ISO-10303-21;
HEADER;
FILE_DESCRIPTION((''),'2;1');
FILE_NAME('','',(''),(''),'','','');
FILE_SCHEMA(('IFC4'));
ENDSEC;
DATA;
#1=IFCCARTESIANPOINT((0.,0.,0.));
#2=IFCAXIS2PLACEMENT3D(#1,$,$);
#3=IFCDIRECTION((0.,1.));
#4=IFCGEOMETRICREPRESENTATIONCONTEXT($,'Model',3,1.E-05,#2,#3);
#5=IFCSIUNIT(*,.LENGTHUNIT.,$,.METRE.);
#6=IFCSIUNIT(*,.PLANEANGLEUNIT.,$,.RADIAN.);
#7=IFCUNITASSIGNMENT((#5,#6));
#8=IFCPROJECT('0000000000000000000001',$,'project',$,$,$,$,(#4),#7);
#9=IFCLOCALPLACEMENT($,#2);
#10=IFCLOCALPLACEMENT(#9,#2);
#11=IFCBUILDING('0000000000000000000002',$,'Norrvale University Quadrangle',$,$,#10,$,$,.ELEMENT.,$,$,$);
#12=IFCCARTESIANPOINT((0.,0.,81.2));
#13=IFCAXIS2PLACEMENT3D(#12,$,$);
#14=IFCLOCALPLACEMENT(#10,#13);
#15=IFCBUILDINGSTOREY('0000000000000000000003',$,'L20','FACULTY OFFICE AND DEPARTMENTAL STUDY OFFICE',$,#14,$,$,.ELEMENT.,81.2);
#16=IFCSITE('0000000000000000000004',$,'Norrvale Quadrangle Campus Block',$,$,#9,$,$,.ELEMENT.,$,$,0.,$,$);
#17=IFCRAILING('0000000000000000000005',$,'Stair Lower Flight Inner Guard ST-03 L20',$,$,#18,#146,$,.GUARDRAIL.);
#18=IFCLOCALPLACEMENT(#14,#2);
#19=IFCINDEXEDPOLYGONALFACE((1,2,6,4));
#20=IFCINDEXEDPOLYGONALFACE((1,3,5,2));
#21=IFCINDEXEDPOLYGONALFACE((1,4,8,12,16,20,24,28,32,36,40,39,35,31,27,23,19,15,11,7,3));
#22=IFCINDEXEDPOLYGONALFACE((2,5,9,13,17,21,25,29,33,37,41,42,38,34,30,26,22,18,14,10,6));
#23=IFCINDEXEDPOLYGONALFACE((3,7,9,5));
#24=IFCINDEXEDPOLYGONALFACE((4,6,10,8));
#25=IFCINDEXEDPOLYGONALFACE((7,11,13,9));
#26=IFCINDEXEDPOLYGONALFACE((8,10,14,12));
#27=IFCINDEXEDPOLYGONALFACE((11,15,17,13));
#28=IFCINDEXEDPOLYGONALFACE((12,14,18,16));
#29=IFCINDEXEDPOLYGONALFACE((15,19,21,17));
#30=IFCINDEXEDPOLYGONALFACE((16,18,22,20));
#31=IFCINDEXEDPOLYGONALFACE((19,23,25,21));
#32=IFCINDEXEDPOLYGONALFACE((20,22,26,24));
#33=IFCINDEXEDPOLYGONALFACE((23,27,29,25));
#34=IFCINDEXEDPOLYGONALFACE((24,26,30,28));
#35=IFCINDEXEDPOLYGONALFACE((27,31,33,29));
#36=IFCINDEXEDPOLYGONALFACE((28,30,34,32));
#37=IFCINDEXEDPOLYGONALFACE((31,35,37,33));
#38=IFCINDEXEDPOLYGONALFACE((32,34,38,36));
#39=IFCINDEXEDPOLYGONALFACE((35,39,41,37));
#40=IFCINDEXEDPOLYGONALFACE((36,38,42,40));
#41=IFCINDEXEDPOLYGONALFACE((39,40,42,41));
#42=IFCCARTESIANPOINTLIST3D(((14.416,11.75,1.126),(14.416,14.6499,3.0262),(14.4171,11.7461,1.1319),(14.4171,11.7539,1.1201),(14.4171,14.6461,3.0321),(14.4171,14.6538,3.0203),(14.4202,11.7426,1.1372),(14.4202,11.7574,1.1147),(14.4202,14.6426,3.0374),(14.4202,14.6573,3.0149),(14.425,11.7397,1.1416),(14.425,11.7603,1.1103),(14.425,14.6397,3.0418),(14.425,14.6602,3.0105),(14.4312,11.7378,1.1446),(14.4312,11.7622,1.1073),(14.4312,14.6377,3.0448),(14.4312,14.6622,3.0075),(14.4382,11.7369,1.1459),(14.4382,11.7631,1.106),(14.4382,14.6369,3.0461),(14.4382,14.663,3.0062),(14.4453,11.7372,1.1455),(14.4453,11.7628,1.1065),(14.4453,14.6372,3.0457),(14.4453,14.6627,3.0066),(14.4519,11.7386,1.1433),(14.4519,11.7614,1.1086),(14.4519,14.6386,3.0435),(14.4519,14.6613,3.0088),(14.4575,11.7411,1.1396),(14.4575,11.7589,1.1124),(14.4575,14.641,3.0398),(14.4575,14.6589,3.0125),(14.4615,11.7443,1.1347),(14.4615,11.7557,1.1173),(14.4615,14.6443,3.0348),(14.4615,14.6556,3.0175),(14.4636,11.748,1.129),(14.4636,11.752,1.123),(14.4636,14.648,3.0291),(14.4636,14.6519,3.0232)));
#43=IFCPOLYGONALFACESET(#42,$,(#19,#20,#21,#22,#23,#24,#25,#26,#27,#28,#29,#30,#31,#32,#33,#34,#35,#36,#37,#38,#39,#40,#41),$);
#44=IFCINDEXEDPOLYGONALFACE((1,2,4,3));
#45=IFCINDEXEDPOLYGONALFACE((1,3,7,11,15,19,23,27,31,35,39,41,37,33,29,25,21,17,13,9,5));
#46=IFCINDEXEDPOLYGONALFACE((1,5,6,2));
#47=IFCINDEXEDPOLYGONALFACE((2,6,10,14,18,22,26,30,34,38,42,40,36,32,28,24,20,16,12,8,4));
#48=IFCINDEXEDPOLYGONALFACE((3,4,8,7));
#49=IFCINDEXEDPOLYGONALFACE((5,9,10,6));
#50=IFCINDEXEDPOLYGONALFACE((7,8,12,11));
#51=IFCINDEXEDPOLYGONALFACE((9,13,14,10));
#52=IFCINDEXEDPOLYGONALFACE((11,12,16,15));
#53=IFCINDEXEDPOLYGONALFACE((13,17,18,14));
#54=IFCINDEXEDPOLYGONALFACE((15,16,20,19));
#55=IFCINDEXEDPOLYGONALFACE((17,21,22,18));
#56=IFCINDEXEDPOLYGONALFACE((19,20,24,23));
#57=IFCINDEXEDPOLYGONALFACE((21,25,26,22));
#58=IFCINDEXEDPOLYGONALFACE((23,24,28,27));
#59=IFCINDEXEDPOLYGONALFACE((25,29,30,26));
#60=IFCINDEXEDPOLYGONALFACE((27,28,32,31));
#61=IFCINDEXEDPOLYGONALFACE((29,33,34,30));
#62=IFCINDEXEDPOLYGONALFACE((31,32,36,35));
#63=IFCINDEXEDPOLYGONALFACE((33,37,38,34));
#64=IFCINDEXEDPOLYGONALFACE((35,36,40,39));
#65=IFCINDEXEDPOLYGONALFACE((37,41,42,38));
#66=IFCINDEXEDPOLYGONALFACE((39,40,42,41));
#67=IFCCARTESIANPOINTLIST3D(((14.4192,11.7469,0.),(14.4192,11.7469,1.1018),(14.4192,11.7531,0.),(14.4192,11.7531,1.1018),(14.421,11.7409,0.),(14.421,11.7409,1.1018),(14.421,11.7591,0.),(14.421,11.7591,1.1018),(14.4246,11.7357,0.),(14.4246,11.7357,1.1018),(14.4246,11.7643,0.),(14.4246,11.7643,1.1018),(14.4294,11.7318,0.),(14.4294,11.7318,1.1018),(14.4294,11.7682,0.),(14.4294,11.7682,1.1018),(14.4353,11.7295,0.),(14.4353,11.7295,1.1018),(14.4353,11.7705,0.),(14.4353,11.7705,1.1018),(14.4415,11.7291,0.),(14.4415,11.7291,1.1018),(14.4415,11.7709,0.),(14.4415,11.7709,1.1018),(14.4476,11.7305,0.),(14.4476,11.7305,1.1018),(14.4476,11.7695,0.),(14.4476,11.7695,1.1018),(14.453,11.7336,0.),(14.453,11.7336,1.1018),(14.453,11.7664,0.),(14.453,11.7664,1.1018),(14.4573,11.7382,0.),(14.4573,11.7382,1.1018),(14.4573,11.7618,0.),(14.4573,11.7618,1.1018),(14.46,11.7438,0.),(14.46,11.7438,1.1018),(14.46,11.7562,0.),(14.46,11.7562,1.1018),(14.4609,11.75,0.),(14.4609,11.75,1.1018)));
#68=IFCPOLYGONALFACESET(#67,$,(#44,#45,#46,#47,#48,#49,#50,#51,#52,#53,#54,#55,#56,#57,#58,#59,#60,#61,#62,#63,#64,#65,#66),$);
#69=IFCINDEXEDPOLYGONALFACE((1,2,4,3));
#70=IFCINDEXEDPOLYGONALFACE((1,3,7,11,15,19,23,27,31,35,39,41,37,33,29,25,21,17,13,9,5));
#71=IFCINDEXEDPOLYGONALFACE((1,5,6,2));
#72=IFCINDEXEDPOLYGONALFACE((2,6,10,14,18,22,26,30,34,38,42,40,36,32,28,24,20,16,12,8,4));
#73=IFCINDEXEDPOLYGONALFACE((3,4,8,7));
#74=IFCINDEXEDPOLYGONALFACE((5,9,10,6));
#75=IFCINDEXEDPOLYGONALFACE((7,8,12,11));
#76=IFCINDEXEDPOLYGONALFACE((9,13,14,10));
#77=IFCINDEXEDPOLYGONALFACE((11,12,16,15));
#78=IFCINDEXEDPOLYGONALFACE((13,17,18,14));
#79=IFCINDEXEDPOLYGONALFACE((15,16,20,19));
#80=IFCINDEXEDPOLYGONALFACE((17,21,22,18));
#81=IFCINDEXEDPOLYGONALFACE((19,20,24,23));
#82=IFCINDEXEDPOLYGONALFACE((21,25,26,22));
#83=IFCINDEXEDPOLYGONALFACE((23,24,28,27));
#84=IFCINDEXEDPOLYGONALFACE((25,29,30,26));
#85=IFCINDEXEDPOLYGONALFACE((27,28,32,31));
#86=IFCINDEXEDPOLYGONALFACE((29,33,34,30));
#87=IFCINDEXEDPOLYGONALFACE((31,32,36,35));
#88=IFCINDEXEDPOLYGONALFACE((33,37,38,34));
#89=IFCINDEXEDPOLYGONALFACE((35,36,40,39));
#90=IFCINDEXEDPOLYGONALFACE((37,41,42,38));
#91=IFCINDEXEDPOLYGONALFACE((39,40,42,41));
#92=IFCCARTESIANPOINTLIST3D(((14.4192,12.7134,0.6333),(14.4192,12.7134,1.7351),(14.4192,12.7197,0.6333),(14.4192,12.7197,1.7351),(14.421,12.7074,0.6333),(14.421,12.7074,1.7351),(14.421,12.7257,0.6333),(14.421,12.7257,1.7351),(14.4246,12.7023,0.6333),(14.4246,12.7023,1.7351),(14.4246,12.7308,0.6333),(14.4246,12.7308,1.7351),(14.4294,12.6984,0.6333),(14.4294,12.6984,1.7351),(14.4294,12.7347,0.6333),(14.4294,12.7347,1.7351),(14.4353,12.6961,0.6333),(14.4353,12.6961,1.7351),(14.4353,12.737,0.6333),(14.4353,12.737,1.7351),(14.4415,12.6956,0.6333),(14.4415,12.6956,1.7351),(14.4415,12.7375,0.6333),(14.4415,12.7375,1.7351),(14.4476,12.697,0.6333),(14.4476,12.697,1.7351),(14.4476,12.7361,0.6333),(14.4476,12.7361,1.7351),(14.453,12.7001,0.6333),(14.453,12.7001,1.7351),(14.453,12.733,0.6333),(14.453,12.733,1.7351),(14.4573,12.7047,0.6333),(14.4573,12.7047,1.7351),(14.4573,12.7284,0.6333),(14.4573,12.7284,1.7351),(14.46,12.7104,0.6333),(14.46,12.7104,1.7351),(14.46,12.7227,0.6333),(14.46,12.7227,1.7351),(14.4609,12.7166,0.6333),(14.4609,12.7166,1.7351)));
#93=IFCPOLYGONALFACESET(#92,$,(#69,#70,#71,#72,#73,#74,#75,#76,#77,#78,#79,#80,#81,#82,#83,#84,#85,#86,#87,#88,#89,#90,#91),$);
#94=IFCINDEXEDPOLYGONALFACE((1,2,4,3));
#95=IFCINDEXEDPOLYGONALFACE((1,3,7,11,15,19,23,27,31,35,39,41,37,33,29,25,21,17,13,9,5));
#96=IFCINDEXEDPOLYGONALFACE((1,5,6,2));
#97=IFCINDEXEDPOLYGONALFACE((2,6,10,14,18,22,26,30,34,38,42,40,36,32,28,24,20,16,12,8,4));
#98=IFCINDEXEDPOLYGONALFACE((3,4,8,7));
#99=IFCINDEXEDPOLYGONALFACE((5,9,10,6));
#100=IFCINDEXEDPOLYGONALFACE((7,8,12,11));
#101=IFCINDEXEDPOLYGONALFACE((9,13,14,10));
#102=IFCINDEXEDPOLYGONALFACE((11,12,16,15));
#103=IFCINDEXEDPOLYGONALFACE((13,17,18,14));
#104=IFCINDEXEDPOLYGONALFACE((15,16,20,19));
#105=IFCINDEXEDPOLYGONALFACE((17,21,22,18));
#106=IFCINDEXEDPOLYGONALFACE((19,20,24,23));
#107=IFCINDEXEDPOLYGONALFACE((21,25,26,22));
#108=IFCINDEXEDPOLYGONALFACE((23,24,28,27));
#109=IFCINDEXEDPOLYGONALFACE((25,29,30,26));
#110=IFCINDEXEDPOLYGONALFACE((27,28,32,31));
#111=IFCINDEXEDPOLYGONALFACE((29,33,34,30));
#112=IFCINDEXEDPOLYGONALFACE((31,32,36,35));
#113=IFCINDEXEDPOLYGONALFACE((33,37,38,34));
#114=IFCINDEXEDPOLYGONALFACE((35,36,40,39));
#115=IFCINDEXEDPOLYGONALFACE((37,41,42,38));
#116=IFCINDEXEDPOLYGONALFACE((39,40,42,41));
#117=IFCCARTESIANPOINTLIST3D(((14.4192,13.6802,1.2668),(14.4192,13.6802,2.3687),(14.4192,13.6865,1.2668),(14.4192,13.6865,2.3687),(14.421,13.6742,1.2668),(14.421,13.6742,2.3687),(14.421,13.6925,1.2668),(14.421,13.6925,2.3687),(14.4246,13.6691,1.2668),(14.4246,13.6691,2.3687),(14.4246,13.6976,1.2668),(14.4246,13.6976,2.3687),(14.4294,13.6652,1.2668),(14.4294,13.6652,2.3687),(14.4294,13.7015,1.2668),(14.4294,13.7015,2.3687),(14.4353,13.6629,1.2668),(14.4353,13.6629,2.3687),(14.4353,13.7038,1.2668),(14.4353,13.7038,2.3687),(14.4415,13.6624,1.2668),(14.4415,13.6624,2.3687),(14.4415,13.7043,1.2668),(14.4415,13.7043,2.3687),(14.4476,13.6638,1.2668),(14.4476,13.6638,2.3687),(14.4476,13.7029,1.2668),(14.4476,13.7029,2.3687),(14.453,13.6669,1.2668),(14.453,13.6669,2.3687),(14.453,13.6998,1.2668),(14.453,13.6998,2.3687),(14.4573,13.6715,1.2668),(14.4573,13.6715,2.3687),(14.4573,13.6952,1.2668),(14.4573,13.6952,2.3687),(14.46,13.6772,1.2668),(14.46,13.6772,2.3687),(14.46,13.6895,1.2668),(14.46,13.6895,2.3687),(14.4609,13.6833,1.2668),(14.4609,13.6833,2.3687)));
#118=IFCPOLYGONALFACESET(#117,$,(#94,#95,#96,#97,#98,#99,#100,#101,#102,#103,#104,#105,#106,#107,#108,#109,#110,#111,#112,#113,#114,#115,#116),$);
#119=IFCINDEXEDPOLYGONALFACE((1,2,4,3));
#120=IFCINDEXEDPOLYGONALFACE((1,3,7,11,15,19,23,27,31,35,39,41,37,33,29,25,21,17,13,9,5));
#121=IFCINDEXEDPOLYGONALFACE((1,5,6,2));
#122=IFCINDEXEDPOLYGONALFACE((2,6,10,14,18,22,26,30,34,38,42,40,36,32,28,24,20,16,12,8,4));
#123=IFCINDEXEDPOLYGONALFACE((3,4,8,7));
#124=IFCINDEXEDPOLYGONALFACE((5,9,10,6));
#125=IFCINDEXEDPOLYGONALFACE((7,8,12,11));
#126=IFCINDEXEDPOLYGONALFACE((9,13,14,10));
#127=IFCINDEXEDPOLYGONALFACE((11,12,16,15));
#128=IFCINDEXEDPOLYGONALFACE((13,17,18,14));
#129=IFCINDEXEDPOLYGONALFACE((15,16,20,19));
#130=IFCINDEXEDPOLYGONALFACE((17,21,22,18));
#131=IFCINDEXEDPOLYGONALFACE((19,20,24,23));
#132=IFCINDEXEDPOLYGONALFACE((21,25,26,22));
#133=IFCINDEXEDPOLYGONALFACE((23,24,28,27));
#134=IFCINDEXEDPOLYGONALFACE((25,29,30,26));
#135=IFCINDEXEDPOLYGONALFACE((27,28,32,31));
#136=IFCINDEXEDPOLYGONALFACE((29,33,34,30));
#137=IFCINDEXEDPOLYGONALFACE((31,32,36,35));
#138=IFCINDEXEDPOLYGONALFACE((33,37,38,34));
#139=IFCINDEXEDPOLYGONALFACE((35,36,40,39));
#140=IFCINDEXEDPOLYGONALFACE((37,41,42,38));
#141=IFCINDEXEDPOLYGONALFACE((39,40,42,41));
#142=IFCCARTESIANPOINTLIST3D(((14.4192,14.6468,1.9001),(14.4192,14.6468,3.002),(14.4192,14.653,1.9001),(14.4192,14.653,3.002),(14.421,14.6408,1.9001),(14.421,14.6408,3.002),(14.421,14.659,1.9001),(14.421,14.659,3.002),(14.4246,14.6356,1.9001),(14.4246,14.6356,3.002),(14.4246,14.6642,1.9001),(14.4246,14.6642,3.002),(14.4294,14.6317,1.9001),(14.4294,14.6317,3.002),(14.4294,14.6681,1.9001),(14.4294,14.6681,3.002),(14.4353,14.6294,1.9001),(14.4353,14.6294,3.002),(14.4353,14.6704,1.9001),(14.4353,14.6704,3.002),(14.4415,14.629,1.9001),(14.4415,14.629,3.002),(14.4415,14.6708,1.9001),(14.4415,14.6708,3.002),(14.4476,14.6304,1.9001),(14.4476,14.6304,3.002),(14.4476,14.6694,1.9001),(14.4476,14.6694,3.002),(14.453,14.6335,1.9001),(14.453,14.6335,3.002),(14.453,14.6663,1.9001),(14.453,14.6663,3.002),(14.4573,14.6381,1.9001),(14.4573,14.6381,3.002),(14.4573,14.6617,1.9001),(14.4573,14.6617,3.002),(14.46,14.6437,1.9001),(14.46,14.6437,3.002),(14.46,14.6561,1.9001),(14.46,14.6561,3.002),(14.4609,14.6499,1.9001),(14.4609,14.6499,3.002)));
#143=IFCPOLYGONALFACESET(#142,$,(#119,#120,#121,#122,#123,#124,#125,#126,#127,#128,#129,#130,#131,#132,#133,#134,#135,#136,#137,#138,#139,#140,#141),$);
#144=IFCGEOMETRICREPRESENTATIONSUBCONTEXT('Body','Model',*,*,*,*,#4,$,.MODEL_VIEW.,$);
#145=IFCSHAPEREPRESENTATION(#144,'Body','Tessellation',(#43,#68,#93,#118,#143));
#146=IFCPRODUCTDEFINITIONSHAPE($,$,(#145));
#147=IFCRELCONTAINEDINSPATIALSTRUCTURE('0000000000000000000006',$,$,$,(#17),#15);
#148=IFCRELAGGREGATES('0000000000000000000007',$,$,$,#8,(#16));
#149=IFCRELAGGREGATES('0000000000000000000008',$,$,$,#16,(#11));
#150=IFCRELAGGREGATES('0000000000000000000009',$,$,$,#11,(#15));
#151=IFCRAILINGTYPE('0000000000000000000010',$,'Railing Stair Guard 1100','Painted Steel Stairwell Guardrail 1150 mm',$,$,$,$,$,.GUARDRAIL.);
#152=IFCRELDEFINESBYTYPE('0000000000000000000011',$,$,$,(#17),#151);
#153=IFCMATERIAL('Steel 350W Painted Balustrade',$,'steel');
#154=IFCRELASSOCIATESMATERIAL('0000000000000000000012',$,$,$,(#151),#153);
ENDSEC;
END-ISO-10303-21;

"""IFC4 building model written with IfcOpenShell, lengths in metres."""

from ifc_helpers import new_model, si_unit, direction, frame, origin, origin_2d, place, context, subcontext, project, spatial, circle, extrude, material, type_object, element, save


model = new_model("IFC4")

# Units and contexts
model_context = context("Model", 3, precision=1e-05, world=origin(), true_north=direction((0.0, 1.0)))
body_context = subcontext(model_context, "Body", "Model", "MODEL_VIEW")
ifc_project = project(units=[si_unit("LENGTHUNIT", "METRE"), si_unit("PLANEANGLEUNIT", "RADIAN")], contexts=[model_context])

# Site, building, storey
site_placement = place(None, origin())
site = spatial("IfcSite", under=ifc_project, at=site_placement, Name="Norrvale Quadrangle Campus Block", CompositionType="ELEMENT", RefElevation=0.0)
building_placement = place(site_placement, origin())
building = spatial("IfcBuilding", under=site, at=building_placement, Name="Norrvale University Quadrangle", CompositionType="ELEMENT")
storey_placement = place(building_placement, frame((0.0, 0.0, 81.2)))
storey = spatial("IfcBuildingStorey", under=building, at=storey_placement, Name="L20", Description="FACULTY OFFICE AND DEPARTMENTAL STUDY OFFICE", CompositionType="ELEMENT", Elevation=81.2)

# Railing
ifc_material_1 = material(Name="Steel 350W Painted Balustrade", Category="steel")
railing_type_1 = type_object("IfcRailingType", Name="Railing Stair Guard 1100", Description="Painted Steel Stairwell Guardrail 1150 mm", PredefinedType="GUARDRAIL", material=ifc_material_1)
railing_1_placement = place(storey_placement, frame((14.4399, 11.75, 0.0)))
element("IfcRailing", 1, at=railing_1_placement, inside=storey, type_object=railing_type_1, Name="Stair Lower Flight Inner Guard ST-03 L20", PredefinedType="GUARDRAIL", context=body_context, shape_type="SweptSolid", body=[
    extrude(circle(Radius=0.0239, at=origin_2d()), frame((0.0, 0.0, 1.126), z_axis=(0.0, 0.836433, 0.548069), x_axis=(-1.0, 0.0, 0.0)), (0.0, 0.0, 1.0), 3.467),
    extrude(circle(Radius=0.021, at=origin_2d()), origin(), (0.0, 0.0, 1.0), 1.1018),
    extrude(circle(Radius=0.021, at=origin_2d()), frame((0.0, 0.9666, 0.6333)), (0.0, 0.0, 1.0), 1.1018),
    extrude(circle(Radius=0.021, at=origin_2d()), frame((0.0, 1.9333, 1.2668)), (0.0, 0.0, 1.0), 1.1018),
    extrude(circle(Radius=0.021, at=origin_2d()), frame((0.0, 2.8999, 1.9001)), (0.0, 0.0, 1.0), 1.1018),
])

save(model, "model.ifc")
